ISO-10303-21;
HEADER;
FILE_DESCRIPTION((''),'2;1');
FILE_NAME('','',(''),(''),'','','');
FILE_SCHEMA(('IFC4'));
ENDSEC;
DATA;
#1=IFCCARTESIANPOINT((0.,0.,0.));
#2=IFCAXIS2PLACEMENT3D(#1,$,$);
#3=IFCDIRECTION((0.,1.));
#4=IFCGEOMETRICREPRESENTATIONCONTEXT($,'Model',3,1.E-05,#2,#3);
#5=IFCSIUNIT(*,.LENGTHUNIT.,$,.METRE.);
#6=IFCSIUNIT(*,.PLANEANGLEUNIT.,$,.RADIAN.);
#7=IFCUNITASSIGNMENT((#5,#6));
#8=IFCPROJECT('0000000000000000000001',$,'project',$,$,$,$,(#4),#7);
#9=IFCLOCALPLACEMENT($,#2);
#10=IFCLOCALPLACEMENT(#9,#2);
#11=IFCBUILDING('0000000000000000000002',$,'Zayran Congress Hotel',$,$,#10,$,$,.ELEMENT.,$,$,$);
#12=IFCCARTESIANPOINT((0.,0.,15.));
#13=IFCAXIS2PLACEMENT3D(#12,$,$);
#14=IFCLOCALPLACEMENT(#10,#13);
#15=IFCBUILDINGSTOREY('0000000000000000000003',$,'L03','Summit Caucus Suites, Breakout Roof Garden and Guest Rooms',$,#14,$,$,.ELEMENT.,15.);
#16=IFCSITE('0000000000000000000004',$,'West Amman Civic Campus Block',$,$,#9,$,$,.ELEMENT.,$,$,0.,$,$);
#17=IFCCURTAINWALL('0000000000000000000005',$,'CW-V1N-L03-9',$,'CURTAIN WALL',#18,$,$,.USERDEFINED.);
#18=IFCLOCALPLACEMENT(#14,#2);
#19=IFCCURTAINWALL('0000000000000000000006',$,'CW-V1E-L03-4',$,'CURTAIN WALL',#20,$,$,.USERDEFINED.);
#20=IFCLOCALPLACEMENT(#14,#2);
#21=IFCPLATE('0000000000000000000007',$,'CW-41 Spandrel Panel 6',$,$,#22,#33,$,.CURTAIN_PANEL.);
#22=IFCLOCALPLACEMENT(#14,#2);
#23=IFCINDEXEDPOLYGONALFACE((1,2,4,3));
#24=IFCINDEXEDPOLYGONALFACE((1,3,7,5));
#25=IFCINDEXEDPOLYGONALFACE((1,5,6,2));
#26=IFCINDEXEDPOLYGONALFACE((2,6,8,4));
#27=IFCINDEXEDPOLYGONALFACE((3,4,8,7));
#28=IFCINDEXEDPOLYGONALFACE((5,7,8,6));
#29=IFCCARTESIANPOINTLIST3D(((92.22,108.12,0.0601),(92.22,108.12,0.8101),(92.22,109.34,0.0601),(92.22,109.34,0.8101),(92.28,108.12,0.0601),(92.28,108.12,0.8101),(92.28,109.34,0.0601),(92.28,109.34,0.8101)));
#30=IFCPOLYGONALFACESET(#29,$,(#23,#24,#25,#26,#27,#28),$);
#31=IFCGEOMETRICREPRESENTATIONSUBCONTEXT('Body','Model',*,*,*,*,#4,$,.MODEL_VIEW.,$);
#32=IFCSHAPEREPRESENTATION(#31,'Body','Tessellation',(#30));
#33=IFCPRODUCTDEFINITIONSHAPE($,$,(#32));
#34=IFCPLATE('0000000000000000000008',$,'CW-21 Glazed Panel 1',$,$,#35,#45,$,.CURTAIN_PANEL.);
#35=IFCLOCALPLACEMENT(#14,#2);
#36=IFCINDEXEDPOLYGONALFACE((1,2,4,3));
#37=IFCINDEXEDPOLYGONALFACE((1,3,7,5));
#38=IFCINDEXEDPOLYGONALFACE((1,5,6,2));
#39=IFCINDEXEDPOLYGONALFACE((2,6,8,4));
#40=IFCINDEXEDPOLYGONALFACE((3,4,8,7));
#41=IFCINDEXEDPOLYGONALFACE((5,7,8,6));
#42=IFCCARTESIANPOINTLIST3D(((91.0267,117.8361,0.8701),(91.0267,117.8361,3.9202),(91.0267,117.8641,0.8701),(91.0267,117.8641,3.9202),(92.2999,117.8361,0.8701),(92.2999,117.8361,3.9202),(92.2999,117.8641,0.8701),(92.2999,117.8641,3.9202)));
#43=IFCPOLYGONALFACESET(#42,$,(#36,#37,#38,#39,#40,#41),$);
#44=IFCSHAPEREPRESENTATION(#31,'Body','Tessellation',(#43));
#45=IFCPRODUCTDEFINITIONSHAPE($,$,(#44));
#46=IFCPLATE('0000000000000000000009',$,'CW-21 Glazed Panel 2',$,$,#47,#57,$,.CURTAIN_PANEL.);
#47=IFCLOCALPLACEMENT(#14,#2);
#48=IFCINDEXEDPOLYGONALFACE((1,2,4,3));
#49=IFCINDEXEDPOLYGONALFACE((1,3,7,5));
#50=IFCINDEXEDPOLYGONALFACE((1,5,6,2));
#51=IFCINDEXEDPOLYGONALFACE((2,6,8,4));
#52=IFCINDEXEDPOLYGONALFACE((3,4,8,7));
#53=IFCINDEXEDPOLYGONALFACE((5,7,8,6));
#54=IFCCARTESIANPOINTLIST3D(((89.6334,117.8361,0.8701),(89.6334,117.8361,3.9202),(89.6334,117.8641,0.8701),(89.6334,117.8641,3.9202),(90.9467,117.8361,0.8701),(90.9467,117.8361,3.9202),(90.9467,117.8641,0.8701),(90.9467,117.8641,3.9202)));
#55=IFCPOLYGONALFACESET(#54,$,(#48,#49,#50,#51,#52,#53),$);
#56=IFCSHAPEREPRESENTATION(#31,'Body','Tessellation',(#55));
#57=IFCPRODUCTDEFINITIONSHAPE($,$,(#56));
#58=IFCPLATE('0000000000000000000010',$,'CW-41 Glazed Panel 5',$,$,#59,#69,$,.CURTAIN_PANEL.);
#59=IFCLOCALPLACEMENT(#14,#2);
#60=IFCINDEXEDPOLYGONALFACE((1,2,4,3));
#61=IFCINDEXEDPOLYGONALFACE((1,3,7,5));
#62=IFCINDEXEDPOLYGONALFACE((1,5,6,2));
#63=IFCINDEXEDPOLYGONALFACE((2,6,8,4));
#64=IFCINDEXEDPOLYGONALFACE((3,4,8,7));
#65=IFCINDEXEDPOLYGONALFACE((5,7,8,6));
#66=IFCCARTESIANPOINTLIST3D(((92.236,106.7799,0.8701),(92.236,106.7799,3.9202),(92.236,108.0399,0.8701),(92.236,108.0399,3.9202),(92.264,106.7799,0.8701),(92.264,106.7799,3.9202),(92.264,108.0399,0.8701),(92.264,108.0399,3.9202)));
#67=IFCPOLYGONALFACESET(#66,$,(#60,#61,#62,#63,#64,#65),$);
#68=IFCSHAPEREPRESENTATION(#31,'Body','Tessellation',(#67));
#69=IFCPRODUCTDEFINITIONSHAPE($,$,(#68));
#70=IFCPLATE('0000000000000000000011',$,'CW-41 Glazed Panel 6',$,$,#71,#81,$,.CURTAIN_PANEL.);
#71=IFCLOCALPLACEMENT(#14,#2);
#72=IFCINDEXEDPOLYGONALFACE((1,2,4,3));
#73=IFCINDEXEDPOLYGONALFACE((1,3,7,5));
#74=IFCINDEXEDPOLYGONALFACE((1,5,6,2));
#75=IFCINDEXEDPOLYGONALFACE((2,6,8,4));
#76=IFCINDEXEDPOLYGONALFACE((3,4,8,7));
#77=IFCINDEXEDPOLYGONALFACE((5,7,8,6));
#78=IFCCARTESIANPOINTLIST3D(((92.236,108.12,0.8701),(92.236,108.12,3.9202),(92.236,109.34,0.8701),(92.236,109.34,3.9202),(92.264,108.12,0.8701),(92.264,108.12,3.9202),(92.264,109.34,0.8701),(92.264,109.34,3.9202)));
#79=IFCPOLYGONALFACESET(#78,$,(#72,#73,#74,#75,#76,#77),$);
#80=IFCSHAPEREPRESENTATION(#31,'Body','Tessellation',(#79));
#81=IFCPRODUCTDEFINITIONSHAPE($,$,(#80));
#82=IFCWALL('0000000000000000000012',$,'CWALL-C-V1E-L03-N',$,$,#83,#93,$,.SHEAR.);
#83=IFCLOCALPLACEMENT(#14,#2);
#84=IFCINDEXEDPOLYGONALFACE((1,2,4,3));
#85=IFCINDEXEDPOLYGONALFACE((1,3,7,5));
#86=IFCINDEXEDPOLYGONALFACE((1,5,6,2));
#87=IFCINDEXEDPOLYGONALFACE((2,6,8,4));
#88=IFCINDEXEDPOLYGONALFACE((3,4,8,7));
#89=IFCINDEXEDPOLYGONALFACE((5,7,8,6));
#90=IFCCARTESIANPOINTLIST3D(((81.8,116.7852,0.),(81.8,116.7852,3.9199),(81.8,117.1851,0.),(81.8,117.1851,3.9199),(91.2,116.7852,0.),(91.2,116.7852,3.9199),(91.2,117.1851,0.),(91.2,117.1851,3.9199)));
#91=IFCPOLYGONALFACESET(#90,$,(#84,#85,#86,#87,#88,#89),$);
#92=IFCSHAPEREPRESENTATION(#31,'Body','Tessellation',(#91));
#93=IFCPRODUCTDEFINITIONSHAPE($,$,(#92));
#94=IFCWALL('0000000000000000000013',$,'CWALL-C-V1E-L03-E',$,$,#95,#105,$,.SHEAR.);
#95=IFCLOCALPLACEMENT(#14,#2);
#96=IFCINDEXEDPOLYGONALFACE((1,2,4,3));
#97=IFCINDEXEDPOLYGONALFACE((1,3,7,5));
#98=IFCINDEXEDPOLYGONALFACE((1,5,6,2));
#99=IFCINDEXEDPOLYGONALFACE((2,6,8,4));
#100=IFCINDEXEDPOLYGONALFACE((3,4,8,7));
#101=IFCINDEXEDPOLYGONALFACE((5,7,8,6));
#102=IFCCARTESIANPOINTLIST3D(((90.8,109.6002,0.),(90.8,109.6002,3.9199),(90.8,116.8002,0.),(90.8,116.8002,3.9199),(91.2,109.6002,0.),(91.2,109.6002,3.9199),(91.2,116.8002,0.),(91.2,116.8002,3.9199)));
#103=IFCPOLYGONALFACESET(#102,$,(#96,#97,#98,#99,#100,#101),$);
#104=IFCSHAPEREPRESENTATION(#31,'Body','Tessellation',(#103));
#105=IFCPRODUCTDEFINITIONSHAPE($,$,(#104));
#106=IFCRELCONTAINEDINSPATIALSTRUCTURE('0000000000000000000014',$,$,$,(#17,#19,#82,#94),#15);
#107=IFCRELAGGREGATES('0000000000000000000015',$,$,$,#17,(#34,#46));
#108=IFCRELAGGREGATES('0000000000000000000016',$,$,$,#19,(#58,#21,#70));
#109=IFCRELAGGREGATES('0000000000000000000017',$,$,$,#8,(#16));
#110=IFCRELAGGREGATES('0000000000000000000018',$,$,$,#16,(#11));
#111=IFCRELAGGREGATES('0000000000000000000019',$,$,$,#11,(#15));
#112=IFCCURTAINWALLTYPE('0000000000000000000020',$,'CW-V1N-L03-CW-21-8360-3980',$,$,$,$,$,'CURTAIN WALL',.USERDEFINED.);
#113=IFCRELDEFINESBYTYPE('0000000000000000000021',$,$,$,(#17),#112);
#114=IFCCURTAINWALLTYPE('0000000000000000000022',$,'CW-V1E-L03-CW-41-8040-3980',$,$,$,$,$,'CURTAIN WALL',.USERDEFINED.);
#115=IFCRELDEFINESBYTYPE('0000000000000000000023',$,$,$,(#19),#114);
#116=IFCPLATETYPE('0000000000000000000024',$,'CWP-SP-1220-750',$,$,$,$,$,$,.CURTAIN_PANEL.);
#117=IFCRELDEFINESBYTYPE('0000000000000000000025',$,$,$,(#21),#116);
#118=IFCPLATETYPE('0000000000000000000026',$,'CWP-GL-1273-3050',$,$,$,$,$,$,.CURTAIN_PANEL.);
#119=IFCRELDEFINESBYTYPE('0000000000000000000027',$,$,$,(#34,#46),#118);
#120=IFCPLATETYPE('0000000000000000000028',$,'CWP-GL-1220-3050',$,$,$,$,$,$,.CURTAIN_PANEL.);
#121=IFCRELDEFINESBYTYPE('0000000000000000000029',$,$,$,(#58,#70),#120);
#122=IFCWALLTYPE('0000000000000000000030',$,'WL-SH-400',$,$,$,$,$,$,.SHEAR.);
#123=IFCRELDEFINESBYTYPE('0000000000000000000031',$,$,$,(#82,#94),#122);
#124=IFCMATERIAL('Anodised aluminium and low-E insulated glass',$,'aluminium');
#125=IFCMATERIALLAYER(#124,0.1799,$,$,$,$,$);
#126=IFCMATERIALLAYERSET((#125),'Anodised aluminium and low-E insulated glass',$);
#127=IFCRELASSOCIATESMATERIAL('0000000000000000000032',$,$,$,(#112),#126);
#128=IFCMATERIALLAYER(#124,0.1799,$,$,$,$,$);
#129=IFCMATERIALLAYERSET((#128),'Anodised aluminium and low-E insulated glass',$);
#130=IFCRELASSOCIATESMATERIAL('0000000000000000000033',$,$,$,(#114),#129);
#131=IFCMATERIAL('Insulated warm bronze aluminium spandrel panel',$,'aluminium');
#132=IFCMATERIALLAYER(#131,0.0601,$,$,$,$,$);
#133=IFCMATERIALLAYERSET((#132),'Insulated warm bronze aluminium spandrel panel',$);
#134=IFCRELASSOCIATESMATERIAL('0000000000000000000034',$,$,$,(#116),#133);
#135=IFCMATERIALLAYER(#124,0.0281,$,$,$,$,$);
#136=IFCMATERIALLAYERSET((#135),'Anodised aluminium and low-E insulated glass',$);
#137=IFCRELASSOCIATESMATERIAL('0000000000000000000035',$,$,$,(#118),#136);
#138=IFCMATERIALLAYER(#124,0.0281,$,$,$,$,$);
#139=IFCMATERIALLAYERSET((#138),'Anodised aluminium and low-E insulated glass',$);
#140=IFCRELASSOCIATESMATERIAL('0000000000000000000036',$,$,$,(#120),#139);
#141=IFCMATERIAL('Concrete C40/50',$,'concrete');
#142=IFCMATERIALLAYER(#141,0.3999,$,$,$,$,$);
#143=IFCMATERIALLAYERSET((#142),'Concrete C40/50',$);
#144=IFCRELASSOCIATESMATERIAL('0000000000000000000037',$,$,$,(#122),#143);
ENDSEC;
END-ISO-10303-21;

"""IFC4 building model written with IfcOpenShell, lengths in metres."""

from ifc_helpers import new_model, si_unit, direction, frame, frame_2d, origin, origin_2d, place, context, subcontext, project, spatial, rectangle, extrude, material, layer, layer_set, type_object, element, aggregate, save


model = new_model("IFC4")

# Units and contexts
model_context = context("Model", 3, precision=1e-05, world=origin(), true_north=direction((0.0, 1.0)))
body_context = subcontext(model_context, "Body", "Model", "MODEL_VIEW")
ifc_project = project(units=[si_unit("LENGTHUNIT", "METRE"), si_unit("PLANEANGLEUNIT", "RADIAN")], contexts=[model_context])

# Site, building, storey
site_placement = place(None, origin())
site = spatial("IfcSite", under=ifc_project, at=site_placement, Name="West Amman Civic Campus Block", CompositionType="ELEMENT", RefElevation=0.0)
building_placement = place(site_placement, origin())
building = spatial("IfcBuilding", under=site, at=building_placement, Name="Zayran Congress Hotel", CompositionType="ELEMENT")
storey_placement = place(building_placement, frame((0.0, 0.0, 15.0)))
storey = spatial("IfcBuildingStorey", under=building, at=storey_placement, Name="L03", Description="Summit Caucus Suites, Breakout Roof Garden and Guest Rooms", CompositionType="ELEMENT", Elevation=15.0)

# Curtain wall
ifc_material_1 = material(Name="Anodised aluminium and low-E insulated glass", Category="aluminium")
ifc_layer_1 = layer(ifc_material_1, 0.1799)
ifc_layer_set_1 = layer_set([ifc_layer_1], Name="Anodised aluminium and low-E insulated glass")
curtain_wall_type_1 = type_object("IfcCurtainWallType", Name="CW-V1N-L03-CW-21-8360-3980", ElementType="CURTAIN WALL", PredefinedType="USERDEFINED", material=ifc_layer_set_1)
curtain_wall_1_placement = place(storey_placement, origin())
curtain_wall_1 = element("IfcCurtainWall", 1, at=curtain_wall_1_placement, inside=storey, type_object=curtain_wall_type_1, Name="CW-V1N-L03-9", ObjectType="CURTAIN WALL", PredefinedType="USERDEFINED")

# Curtain wall
ifc_layer_2 = layer(ifc_material_1, 0.1799)
ifc_layer_set_2 = layer_set([ifc_layer_2], Name="Anodised aluminium and low-E insulated glass")
curtain_wall_type_2 = type_object("IfcCurtainWallType", Name="CW-V1E-L03-CW-41-8040-3980", ElementType="CURTAIN WALL", PredefinedType="USERDEFINED", material=ifc_layer_set_2)
curtain_wall_2_placement = place(storey_placement, origin())
curtain_wall_2 = element("IfcCurtainWall", 2, at=curtain_wall_2_placement, inside=storey, type_object=curtain_wall_type_2, Name="CW-V1E-L03-4", ObjectType="CURTAIN WALL", PredefinedType="USERDEFINED")

# Plates
ifc_material_2 = material(Name="Insulated warm bronze aluminium spandrel panel", Category="aluminium")
ifc_layer_3 = layer(ifc_material_2, 0.0601)
ifc_layer_set_3 = layer_set([ifc_layer_3], Name="Insulated warm bronze aluminium spandrel panel")
plate_type_1 = type_object("IfcPlateType", Name="CWP-SP-1220-750", PredefinedType="CURTAIN_PANEL", material=ifc_layer_set_3)
plate_1_placement = place(storey_placement, frame((92.25, 108.73, 0.0601), z_axis=(0.0, 0.0, 1.0), x_axis=(0.0, 1.0, 0.0)))
plate_1 = element("IfcPlate", 3, at=plate_1_placement, type_object=plate_type_1, Name="CW-41 Spandrel Panel 6", PredefinedType="CURTAIN_PANEL", context=body_context, shape_type="SweptSolid", body=[
    extrude(rectangle(XDim=1.22, YDim=0.0601, at=origin_2d()), origin(), (0.0, 0.0, 1.0), 0.75),
])
ifc_layer_4 = layer(ifc_material_1, 0.0281)
ifc_layer_set_4 = layer_set([ifc_layer_4], Name="Anodised aluminium and low-E insulated glass")
plate_type_2 = type_object("IfcPlateType", Name="CWP-GL-1273-3050", PredefinedType="CURTAIN_PANEL", material=ifc_layer_set_4)
plate_2_placement = place(storey_placement, frame((91.6633, 117.8501, 0.8701), z_axis=(0.0, 0.0, 1.0), x_axis=(1.0, 0.0, 0.0)))
plate_2 = element("IfcPlate", 4, at=plate_2_placement, type_object=plate_type_2, Name="CW-21 Glazed Panel 1", PredefinedType="CURTAIN_PANEL", context=body_context, shape_type="SweptSolid", body=[
    extrude(rectangle(XDim=1.2732, YDim=0.0281, at=origin_2d()), origin(), (0.0, 0.0, 1.0), 3.05),
])
plate_3_placement = place(storey_placement, frame((90.29, 117.8501, 0.8701), z_axis=(0.0, 0.0, 1.0), x_axis=(1.0, 0.0, 0.0)))
plate_3 = element("IfcPlate", 5, at=plate_3_placement, type_object=plate_type_2, Name="CW-21 Glazed Panel 2", PredefinedType="CURTAIN_PANEL", context=body_context, shape_type="SweptSolid", body=[
    extrude(rectangle(XDim=1.3132, YDim=0.0281, at=origin_2d()), origin(), (0.0, 0.0, 1.0), 3.05),
])
aggregate(curtain_wall_1, [plate_2, plate_3])
ifc_layer_5 = layer(ifc_material_1, 0.0281)
ifc_layer_set_5 = layer_set([ifc_layer_5], Name="Anodised aluminium and low-E insulated glass")
plate_type_3 = type_object("IfcPlateType", Name="CWP-GL-1220-3050", PredefinedType="CURTAIN_PANEL", material=ifc_layer_set_5)
plate_4_placement = place(storey_placement, frame((92.25, 107.4099, 0.8701), z_axis=(0.0, 0.0, 1.0), x_axis=(0.0, 1.0, 0.0)))
plate_4 = element("IfcPlate", 6, at=plate_4_placement, type_object=plate_type_3, Name="CW-41 Glazed Panel 5", PredefinedType="CURTAIN_PANEL", context=body_context, shape_type="SweptSolid", body=[
    extrude(rectangle(XDim=1.26, YDim=0.0281, at=origin_2d()), origin(), (0.0, 0.0, 1.0), 3.05),
])
plate_5_placement = place(storey_placement, frame((92.25, 108.73, 0.8701), z_axis=(0.0, 0.0, 1.0), x_axis=(0.0, 1.0, 0.0)))
plate_5 = element("IfcPlate", 7, at=plate_5_placement, type_object=plate_type_3, Name="CW-41 Glazed Panel 6", PredefinedType="CURTAIN_PANEL", context=body_context, shape_type="SweptSolid", body=[
    extrude(rectangle(XDim=1.22, YDim=0.0281, at=origin_2d()), origin(), (0.0, 0.0, 1.0), 3.05),
])
aggregate(curtain_wall_2, [plate_4, plate_1, plate_5])

# Walls
ifc_material_3 = material(Name="Concrete C40/50", Category="concrete")
ifc_layer_6 = layer(ifc_material_3, 0.3999)
ifc_layer_set_6 = layer_set([ifc_layer_6], Name="Concrete C40/50")
wall_type = type_object("IfcWallType", Name="WL-SH-400", PredefinedType="SHEAR", material=ifc_layer_set_6)
wall_1_placement = place(storey_placement, frame((91.2, 116.9851, 0.0), z_axis=(0.0, 0.0, 1.0), x_axis=(-1.0, 0.0, 0.0)))
element("IfcWall", 8, at=wall_1_placement, inside=storey, type_object=wall_type, Name="CWALL-C-V1E-L03-N", PredefinedType="SHEAR", context=body_context, shape_type="SweptSolid", body=[
    extrude(rectangle(XDim=9.3999, YDim=0.3999, at=frame_2d((4.7, 0.0))), origin(), (0.0, 0.0, 1.0), 3.9199),
])
wall_2_placement = place(storey_placement, frame((91.0, 109.6001, 0.0), z_axis=(0.0, 0.0, 1.0), x_axis=(0.0, 1.0, 0.0)))
element("IfcWall", 9, at=wall_2_placement, inside=storey, type_object=wall_type, Name="CWALL-C-V1E-L03-E", PredefinedType="SHEAR", context=body_context, shape_type="SweptSolid", body=[
    extrude(rectangle(XDim=7.2, YDim=0.3999, at=frame_2d((3.6001, 0.0))), origin(), (0.0, 0.0, 1.0), 3.9199),
])

save(model, "model.ifc")
